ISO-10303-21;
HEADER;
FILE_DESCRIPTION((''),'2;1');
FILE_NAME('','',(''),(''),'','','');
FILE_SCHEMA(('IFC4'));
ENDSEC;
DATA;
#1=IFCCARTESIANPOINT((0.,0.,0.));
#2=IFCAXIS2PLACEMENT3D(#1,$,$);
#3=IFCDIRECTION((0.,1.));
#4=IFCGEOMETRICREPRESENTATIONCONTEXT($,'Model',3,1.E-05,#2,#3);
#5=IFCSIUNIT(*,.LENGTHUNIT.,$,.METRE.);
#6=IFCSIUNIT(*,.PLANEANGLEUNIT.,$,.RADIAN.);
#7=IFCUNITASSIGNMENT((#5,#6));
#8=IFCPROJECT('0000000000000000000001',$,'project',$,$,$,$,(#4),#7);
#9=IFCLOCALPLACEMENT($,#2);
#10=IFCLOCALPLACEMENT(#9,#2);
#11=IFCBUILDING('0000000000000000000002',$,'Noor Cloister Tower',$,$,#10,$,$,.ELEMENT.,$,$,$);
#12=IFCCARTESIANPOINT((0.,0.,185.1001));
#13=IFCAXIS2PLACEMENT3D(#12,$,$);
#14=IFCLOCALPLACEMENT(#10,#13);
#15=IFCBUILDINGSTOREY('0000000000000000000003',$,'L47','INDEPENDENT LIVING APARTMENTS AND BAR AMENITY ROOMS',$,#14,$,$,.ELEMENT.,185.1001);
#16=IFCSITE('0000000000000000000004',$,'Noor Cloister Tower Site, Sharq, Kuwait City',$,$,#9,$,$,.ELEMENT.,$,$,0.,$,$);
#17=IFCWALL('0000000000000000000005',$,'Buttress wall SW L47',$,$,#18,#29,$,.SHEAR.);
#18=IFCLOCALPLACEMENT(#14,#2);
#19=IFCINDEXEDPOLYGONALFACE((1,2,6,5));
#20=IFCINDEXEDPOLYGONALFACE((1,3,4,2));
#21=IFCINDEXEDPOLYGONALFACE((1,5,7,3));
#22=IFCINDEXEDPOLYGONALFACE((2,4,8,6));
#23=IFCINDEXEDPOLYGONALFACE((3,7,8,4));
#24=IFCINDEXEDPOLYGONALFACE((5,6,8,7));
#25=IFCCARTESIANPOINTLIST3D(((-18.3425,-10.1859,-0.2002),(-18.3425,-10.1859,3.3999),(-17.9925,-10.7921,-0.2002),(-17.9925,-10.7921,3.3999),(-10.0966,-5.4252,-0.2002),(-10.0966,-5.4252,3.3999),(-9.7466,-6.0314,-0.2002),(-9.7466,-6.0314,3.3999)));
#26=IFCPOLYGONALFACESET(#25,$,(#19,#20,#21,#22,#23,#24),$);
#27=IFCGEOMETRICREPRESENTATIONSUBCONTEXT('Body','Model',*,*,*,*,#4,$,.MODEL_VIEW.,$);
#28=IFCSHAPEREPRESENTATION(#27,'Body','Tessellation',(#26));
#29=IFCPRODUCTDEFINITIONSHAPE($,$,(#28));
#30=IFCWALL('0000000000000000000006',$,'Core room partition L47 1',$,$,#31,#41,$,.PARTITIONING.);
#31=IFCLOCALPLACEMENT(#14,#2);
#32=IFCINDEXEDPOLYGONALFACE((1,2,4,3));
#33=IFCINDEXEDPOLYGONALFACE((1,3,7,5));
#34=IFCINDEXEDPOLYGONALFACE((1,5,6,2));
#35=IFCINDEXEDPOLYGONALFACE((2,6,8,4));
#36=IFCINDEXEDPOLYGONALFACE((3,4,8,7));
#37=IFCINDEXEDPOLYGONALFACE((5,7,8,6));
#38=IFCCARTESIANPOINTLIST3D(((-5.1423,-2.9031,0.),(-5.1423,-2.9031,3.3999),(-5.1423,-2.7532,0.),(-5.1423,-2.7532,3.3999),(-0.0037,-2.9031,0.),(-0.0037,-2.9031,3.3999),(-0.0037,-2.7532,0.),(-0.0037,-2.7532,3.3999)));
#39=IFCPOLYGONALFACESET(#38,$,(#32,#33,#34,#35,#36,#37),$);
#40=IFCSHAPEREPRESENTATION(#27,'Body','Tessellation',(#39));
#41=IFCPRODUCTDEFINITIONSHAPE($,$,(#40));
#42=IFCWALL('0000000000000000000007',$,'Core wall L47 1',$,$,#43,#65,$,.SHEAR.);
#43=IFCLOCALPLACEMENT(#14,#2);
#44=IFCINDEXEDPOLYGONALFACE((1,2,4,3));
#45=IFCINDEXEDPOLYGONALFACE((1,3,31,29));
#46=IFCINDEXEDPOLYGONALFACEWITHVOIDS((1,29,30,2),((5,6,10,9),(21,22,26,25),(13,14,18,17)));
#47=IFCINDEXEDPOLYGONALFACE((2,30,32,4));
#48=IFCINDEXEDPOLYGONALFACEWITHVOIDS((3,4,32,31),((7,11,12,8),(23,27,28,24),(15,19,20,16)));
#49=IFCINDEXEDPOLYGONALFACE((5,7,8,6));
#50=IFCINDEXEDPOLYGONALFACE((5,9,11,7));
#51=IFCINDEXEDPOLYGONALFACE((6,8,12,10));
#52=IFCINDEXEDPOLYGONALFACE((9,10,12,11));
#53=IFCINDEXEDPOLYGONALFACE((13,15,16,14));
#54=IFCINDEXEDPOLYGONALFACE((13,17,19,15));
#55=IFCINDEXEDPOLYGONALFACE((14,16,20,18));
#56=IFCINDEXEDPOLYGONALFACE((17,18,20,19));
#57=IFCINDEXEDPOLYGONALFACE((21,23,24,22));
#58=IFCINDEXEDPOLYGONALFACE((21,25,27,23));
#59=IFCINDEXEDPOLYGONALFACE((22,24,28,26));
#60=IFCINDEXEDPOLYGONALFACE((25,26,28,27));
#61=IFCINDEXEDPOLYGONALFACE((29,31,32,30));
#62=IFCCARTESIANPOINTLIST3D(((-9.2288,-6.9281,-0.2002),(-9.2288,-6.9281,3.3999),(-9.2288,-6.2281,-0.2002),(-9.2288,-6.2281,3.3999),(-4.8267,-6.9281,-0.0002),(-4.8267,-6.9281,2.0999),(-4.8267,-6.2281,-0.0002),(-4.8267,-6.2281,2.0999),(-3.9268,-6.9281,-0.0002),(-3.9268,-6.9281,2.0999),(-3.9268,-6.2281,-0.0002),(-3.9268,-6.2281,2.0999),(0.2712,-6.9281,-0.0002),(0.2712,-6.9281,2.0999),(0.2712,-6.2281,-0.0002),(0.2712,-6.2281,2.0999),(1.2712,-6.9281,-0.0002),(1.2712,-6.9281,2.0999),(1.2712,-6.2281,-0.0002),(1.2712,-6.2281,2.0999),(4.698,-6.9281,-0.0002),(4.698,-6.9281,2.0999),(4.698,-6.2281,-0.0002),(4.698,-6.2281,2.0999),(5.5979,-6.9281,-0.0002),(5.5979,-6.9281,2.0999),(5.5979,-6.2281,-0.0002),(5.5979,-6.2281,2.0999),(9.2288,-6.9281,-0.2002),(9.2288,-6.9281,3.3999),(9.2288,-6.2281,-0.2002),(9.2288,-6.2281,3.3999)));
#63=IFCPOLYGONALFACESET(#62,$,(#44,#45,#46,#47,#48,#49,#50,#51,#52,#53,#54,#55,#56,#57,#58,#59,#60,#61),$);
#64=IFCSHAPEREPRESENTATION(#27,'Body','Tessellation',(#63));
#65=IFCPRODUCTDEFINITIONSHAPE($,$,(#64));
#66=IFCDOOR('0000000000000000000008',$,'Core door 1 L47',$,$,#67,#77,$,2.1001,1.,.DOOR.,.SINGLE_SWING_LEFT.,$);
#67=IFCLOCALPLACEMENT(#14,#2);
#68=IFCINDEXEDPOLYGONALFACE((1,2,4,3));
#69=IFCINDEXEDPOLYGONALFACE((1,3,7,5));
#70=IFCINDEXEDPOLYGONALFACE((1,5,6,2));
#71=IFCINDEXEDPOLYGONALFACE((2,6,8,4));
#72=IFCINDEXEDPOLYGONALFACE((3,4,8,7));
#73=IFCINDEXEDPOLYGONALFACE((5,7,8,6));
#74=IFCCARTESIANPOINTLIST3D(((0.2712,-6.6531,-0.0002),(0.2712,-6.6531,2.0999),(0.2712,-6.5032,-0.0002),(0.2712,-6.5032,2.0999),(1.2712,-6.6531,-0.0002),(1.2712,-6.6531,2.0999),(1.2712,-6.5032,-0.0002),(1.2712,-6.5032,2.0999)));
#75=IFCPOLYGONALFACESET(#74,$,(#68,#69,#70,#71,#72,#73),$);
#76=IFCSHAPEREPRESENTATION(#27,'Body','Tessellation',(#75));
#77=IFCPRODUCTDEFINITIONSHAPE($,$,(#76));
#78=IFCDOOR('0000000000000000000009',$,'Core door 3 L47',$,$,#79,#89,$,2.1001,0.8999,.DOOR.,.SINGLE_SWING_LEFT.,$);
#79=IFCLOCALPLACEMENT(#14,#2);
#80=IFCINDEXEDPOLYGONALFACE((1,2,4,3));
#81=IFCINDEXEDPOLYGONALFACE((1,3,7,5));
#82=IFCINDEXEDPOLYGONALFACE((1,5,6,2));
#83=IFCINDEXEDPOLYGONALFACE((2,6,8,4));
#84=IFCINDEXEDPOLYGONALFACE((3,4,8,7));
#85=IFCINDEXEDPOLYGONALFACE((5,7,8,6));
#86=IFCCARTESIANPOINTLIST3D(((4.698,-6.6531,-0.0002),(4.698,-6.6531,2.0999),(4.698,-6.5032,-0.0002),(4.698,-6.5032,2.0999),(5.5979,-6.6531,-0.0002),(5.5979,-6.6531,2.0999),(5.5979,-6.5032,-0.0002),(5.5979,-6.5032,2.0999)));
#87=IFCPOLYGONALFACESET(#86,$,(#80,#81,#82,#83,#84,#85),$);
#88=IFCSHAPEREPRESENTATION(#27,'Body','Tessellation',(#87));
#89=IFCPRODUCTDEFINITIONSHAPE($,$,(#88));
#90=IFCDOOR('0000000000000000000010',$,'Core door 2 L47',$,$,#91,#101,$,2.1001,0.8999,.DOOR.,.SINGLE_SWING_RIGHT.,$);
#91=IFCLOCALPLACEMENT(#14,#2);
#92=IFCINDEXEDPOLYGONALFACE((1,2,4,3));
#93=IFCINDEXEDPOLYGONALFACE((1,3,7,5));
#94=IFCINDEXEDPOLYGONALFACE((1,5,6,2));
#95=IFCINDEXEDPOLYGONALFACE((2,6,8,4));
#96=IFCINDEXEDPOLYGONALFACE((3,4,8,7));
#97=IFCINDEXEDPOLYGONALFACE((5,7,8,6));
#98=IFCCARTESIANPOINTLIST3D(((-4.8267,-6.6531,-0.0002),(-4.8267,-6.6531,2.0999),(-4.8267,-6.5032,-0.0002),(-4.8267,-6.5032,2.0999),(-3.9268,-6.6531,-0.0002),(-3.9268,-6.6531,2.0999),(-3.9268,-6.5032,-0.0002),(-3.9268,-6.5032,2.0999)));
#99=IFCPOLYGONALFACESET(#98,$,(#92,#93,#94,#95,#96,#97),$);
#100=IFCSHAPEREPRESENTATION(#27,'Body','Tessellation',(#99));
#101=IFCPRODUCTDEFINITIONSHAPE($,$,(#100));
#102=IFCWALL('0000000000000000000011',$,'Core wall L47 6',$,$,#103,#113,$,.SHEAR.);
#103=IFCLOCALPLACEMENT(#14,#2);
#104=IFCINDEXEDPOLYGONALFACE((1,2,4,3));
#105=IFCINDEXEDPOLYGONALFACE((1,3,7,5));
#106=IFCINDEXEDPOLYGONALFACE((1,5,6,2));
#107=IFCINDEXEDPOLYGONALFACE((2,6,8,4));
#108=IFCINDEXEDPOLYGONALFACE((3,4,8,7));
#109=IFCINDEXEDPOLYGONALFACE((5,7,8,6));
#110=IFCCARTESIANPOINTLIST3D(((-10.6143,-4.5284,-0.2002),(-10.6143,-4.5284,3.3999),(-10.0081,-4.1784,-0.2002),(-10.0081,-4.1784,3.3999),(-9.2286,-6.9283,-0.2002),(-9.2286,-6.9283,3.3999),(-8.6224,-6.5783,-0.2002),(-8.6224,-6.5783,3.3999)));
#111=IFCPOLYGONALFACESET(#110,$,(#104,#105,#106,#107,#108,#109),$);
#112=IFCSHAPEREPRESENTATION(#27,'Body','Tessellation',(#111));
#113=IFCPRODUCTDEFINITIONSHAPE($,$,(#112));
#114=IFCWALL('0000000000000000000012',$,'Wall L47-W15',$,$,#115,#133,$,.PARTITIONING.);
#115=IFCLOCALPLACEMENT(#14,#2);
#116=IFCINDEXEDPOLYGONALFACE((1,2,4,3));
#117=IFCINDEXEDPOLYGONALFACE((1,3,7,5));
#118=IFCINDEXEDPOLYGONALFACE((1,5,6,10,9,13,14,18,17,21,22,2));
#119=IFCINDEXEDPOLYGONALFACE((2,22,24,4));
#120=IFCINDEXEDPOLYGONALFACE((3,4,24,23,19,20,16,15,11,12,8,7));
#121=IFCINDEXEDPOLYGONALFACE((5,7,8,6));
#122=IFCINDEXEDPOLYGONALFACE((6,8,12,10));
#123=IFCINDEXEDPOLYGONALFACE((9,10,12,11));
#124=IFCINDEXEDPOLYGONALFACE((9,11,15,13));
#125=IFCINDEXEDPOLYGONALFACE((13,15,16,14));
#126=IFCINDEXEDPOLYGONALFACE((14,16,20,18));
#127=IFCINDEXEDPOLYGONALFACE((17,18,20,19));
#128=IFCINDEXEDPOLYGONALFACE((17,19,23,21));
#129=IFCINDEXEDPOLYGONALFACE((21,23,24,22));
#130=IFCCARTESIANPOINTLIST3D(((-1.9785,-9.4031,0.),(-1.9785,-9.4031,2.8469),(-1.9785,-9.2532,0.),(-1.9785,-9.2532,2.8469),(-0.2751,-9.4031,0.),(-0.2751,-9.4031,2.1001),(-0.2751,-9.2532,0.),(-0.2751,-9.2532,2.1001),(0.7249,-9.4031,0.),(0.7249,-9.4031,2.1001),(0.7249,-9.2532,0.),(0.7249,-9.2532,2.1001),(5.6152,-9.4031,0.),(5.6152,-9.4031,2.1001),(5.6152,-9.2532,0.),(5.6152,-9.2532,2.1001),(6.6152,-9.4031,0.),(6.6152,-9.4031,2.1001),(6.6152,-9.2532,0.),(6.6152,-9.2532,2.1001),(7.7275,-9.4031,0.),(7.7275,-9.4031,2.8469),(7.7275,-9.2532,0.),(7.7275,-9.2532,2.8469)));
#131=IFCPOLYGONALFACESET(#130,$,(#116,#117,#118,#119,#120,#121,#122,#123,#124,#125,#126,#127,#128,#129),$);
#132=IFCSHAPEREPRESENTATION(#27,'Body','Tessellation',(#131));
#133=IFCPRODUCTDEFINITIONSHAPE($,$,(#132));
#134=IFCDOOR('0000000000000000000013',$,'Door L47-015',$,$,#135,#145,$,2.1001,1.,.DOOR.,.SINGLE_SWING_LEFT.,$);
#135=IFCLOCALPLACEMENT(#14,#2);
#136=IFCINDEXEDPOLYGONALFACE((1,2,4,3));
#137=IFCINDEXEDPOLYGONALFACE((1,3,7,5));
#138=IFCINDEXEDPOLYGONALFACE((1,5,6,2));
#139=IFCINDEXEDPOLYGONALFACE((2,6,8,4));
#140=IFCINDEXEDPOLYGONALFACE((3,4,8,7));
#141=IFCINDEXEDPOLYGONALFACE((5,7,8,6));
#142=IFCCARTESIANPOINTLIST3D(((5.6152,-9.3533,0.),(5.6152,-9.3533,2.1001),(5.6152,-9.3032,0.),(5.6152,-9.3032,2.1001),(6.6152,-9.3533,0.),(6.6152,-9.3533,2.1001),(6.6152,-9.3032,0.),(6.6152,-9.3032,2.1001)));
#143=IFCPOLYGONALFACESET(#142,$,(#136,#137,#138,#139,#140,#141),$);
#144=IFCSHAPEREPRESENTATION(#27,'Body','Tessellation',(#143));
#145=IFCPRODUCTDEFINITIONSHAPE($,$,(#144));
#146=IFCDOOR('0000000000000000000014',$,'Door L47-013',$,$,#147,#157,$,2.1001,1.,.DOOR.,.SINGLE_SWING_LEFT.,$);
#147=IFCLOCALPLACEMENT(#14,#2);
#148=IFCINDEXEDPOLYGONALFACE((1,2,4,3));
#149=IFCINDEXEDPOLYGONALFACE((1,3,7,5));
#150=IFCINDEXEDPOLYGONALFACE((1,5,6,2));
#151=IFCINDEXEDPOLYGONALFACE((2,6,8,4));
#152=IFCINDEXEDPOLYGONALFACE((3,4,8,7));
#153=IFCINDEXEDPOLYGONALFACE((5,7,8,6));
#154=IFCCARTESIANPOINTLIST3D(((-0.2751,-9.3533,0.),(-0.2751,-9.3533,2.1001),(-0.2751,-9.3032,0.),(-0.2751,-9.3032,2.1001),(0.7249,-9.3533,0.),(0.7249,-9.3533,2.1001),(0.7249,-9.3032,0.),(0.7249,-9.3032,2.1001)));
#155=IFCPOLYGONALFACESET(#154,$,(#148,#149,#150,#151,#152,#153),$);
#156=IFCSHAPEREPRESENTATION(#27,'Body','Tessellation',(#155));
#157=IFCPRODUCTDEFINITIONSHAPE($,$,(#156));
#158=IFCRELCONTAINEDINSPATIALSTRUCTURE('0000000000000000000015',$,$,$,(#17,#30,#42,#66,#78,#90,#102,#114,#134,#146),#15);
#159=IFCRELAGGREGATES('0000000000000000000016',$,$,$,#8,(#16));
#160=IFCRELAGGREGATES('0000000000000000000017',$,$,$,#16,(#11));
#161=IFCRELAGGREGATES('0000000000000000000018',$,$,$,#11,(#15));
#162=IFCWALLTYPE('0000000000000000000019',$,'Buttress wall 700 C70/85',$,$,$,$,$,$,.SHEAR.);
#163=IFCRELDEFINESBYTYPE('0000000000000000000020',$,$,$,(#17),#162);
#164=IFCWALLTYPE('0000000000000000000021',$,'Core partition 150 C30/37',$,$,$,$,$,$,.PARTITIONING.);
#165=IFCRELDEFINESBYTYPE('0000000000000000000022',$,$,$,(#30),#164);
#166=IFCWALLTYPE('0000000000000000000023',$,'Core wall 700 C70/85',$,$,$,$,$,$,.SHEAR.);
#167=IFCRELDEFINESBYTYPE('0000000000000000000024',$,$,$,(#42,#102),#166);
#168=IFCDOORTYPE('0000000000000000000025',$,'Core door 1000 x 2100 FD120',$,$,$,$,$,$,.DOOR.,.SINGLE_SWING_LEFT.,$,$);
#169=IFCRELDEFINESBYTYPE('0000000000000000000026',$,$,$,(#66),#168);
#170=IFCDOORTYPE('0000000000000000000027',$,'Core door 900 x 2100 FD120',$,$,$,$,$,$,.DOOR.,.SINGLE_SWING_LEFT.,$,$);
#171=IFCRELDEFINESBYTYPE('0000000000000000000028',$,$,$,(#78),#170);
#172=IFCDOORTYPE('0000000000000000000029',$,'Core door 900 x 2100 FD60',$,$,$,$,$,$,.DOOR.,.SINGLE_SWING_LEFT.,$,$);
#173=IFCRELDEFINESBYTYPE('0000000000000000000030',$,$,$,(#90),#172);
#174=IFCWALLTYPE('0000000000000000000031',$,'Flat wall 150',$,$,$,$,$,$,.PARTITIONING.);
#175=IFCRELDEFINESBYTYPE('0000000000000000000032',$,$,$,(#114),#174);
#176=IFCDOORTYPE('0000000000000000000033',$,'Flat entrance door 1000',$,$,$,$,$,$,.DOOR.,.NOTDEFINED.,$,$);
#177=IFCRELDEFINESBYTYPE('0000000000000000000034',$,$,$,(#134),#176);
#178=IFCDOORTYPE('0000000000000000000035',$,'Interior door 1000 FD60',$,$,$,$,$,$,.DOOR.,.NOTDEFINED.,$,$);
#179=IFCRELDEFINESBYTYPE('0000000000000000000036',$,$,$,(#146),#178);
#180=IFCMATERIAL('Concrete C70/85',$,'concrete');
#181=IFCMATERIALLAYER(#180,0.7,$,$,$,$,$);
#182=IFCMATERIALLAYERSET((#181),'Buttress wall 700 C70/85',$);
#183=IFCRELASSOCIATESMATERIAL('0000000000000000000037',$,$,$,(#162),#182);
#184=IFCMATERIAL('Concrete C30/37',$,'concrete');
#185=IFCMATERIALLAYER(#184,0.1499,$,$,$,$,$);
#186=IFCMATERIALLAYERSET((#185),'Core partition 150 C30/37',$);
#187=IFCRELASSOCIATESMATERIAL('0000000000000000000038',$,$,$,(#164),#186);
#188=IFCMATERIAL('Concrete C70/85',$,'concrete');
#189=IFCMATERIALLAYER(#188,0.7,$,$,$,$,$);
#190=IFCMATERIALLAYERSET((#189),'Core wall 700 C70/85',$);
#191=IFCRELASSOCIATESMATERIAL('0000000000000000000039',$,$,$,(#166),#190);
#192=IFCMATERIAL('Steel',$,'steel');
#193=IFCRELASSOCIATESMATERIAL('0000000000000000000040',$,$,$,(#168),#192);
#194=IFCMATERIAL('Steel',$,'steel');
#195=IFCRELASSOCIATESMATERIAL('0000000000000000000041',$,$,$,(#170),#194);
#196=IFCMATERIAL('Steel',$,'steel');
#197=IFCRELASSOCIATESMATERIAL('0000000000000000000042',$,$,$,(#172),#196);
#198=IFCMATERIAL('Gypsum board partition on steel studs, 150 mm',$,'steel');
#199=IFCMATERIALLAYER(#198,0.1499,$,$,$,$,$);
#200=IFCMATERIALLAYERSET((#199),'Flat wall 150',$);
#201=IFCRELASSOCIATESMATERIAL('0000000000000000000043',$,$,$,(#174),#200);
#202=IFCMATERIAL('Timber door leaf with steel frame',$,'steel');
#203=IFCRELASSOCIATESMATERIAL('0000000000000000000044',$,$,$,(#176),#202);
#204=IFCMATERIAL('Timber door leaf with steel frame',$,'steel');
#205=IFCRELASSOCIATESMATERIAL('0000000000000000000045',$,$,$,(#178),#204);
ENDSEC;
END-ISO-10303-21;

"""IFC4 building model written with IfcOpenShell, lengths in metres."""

from ifc_helpers import new_model, si_unit, direction, frame, frame_2d, origin, place, context, subcontext, project, spatial, rectangle, extrude, material, layer, layer_set, type_object, element, fill, save


model = new_model("IFC4")

# Units and contexts
model_context = context("Model", 3, precision=1e-05, world=origin(), true_north=direction((0.0, 1.0)))
body_context = subcontext(model_context, "Body", "Model", "MODEL_VIEW")
ifc_project = project(units=[si_unit("LENGTHUNIT", "METRE"), si_unit("PLANEANGLEUNIT", "RADIAN")], contexts=[model_context])

# Site, building, storey
site_placement = place(None, origin())
site = spatial("IfcSite", under=ifc_project, at=site_placement, Name="Noor Cloister Tower Site, Sharq, Kuwait City", CompositionType="ELEMENT", RefElevation=0.0)
building_placement = place(site_placement, origin())
building = spatial("IfcBuilding", under=site, at=building_placement, Name="Noor Cloister Tower", CompositionType="ELEMENT")
storey_placement = place(building_placement, frame((0.0, 0.0, 185.1001)))
storey = spatial("IfcBuildingStorey", under=building, at=storey_placement, Name="L47", Description="INDEPENDENT LIVING APARTMENTS AND BAR AMENITY ROOMS", CompositionType="ELEMENT", Elevation=185.1001)

# Walls
ifc_material_1 = material(Name="Concrete C70/85", Category="concrete")
ifc_layer_1 = layer(ifc_material_1, 0.7)
ifc_layer_set_1 = layer_set([ifc_layer_1], Name="Buttress wall 700 C70/85")
wall_type_1 = type_object("IfcWallType", Name="Buttress wall 700 C70/85", PredefinedType="SHEAR", material=ifc_layer_set_1)
wall_1_placement = place(storey_placement, frame((-9.9216, -5.7283, -0.2002), z_axis=(0.0, 0.0, 1.0), x_axis=(-0.866025, -0.5, 0.0)))
element("IfcWall", 1, at=wall_1_placement, inside=storey, type_object=wall_type_1, Name="Buttress wall SW L47", PredefinedType="SHEAR", context=body_context, shape_type="SweptSolid", body=[
    extrude(rectangle(XDim=9.5215, YDim=0.7, at=frame_2d((4.7607, 0.0))), origin(), (0.0, 0.0, 1.0), 3.6001),
])
ifc_material_2 = material(Name="Concrete C30/37", Category="concrete")
ifc_layer_2 = layer(ifc_material_2, 0.1499)
ifc_layer_set_2 = layer_set([ifc_layer_2], Name="Core partition 150 C30/37")
wall_type_2 = type_object("IfcWallType", Name="Core partition 150 C30/37", PredefinedType="PARTITIONING", material=ifc_layer_set_2)
wall_2_placement = place(storey_placement, frame((-5.1423, -2.8281, 0.0), z_axis=(0.0, 0.0, 1.0), x_axis=(1.0, 0.0, 0.0)))
element("IfcWall", 2, at=wall_2_placement, inside=storey, type_object=wall_type_2, Name="Core room partition L47 1", PredefinedType="PARTITIONING", context=body_context, shape_type="SweptSolid", body=[
    extrude(rectangle(XDim=5.1387, YDim=0.1499, at=frame_2d((2.5693, 0.0))), origin(), (0.0, 0.0, 1.0), 3.3999),
])

# Wall, openings, doors
ifc_material_3 = material(Name="Concrete C70/85", Category="concrete")
ifc_layer_3 = layer(ifc_material_3, 0.7)
ifc_layer_set_3 = layer_set([ifc_layer_3], Name="Core wall 700 C70/85")
wall_type_3 = type_object("IfcWallType", Name="Core wall 700 C70/85", PredefinedType="SHEAR", material=ifc_layer_set_3)
wall_3_placement = place(storey_placement, frame((-9.2288, -6.5781, -0.2002), z_axis=(0.0, 0.0, 1.0), x_axis=(1.0, 0.0, 0.0)))
wall_3 = element("IfcWall", 3, at=wall_3_placement, inside=storey, type_object=wall_type_3, Name="Core wall L47 1", PredefinedType="SHEAR", context=body_context, shape_type="SweptSolid", body=[
    extrude(rectangle(XDim=18.4575, YDim=0.7, at=frame_2d((9.2288, 0.0))), origin(), (0.0, 0.0, 1.0), 3.6001),
])
opening_1_placement = place(wall_3_placement, frame((9.5, 0.0, 0.2)))
opening_1 = element("IfcOpeningElement", 4, at=opening_1_placement, cuts=wall_3, PredefinedType="OPENING", context=body_context, shape_type="SweptSolid", body=[
    extrude(rectangle(XDim=1.0, YDim=2.1001, at=frame_2d((0.5, 1.05))), frame((0.0, 0.3599, 0.0), z_axis=(0.0, -1.0, 0.0), x_axis=(1.0, 0.0, 0.0)), (0.0, 0.0, 1.0), 0.72),
])
opening_2_placement = place(wall_3_placement, frame((4.4021, 0.0, 0.2)))
opening_2 = element("IfcOpeningElement", 5, at=opening_2_placement, cuts=wall_3, PredefinedType="OPENING", context=body_context, shape_type="SweptSolid", body=[
    extrude(rectangle(XDim=0.8999, YDim=2.1001, at=frame_2d((0.45, 1.05))), frame((0.0, 0.3599, 0.0), z_axis=(0.0, -1.0, 0.0), x_axis=(1.0, 0.0, 0.0)), (0.0, 0.0, 1.0), 0.72),
])
opening_3_placement = place(wall_3_placement, frame((13.9268, 0.0, 0.2)))
opening_3 = element("IfcOpeningElement", 6, at=opening_3_placement, cuts=wall_3, PredefinedType="OPENING", context=body_context, shape_type="SweptSolid", body=[
    extrude(rectangle(XDim=0.8999, YDim=2.1001, at=frame_2d((0.45, 1.05))), frame((0.0, 0.3599, 0.0), z_axis=(0.0, -1.0, 0.0), x_axis=(1.0, 0.0, 0.0)), (0.0, 0.0, 1.0), 0.72),
])
ifc_material_4 = material(Name="Steel", Category="steel")
door_type_1 = type_object("IfcDoorType", Name="Core door 1000 x 2100 FD120", OperationType="SINGLE_SWING_LEFT", PredefinedType="DOOR", material=ifc_material_4)
door_1_placement = place(opening_1_placement, origin())
door_1 = element("IfcDoor", 7, at=door_1_placement, inside=storey, type_object=door_type_1, Name="Core door 1 L47", OperationType="SINGLE_SWING_LEFT", OverallHeight=2.1001, OverallWidth=1.0, PredefinedType="DOOR", context=body_context, shape_type="SweptSolid", body=[
    extrude(rectangle(XDim=1.0, YDim=2.1001, at=frame_2d((0.5, 1.05))), frame((0.0, 0.075, 0.0), z_axis=(0.0, -1.0, 0.0), x_axis=(1.0, 0.0, 0.0)), (0.0, 0.0, 1.0), 0.1499),
])
fill(opening_1, door_1)
ifc_material_5 = material(Name="Steel", Category="steel")
door_type_2 = type_object("IfcDoorType", Name="Core door 900 x 2100 FD120", OperationType="SINGLE_SWING_LEFT", PredefinedType="DOOR", material=ifc_material_5)
door_2_placement = place(opening_3_placement, origin())
door_2 = element("IfcDoor", 8, at=door_2_placement, inside=storey, type_object=door_type_2, Name="Core door 3 L47", OperationType="SINGLE_SWING_LEFT", OverallHeight=2.1001, OverallWidth=0.8999, PredefinedType="DOOR", context=body_context, shape_type="SweptSolid", body=[
    extrude(rectangle(XDim=0.8999, YDim=2.1001, at=frame_2d((0.45, 1.05))), frame((0.0, 0.075, 0.0), z_axis=(0.0, -1.0, 0.0), x_axis=(1.0, 0.0, 0.0)), (0.0, 0.0, 1.0), 0.1499),
])
fill(opening_3, door_2)
ifc_material_6 = material(Name="Steel", Category="steel")
door_type_3 = type_object("IfcDoorType", Name="Core door 900 x 2100 FD60", OperationType="SINGLE_SWING_LEFT", PredefinedType="DOOR", material=ifc_material_6)
door_3_placement = place(opening_2_placement, origin())
door_3 = element("IfcDoor", 9, at=door_3_placement, inside=storey, type_object=door_type_3, Name="Core door 2 L47", OperationType="SINGLE_SWING_RIGHT", OverallHeight=2.1001, OverallWidth=0.8999, PredefinedType="DOOR", context=body_context, shape_type="SweptSolid", body=[
    extrude(rectangle(XDim=0.8999, YDim=2.1001, at=frame_2d((0.45, 1.05))), frame((0.0, 0.075, 0.0), z_axis=(0.0, -1.0, 0.0), x_axis=(1.0, 0.0, 0.0)), (0.0, 0.0, 1.0), 0.1499),
])
fill(opening_2, door_3)

# Wall
wall_4_placement = place(storey_placement, frame((-10.3113, -4.3533, -0.2002), z_axis=(0.0, 0.0, 1.0), x_axis=(0.500043, -0.866001, 0.0)))
element("IfcWall", 10, at=wall_4_placement, inside=storey, type_object=wall_type_3, Name="Core wall L47 6", PredefinedType="SHEAR", context=body_context, shape_type="SweptSolid", body=[
    extrude(rectangle(XDim=2.7712, YDim=0.7, at=frame_2d((1.3857, 0.0))), origin(), (0.0, 0.0, 1.0), 3.6001),
])

# Wall, openings, doors
ifc_material_7 = material(Name="Gypsum board partition on steel studs, 150 mm", Category="steel")
ifc_layer_4 = layer(ifc_material_7, 0.1499)
ifc_layer_set_4 = layer_set([ifc_layer_4], Name="Flat wall 150")
wall_type_4 = type_object("IfcWallType", Name="Flat wall 150", PredefinedType="PARTITIONING", material=ifc_layer_set_4)
wall_5_placement = place(storey_placement, frame((-1.9785, -9.3281, 0.0), z_axis=(0.0, 0.0, 1.0), x_axis=(1.0, 0.0, 0.0)))
wall_5 = element("IfcWall", 11, at=wall_5_placement, inside=storey, type_object=wall_type_4, Name="Wall L47-W15", PredefinedType="PARTITIONING", context=body_context, shape_type="SweptSolid", body=[
    extrude(rectangle(XDim=9.7061, YDim=0.1499, at=frame_2d((4.853, 0.0))), origin(), (0.0, 0.0, 1.0), 2.8469),
])
opening_4_placement = place(wall_5_placement, frame((1.7034, 0.0, 0.0)))
opening_4 = element("IfcOpeningElement", 12, at=opening_4_placement, cuts=wall_5, PredefinedType="OPENING", context=body_context, shape_type="SweptSolid", body=[
    extrude(rectangle(XDim=1.0, YDim=2.1001, at=frame_2d((0.5, 1.05))), frame((0.0, 0.085, 0.0), z_axis=(0.0, -1.0, 0.0), x_axis=(1.0, 0.0, 0.0)), (0.0, 0.0, 1.0), 0.1699),
])
opening_5_placement = place(wall_5_placement, frame((7.5938, 0.0, 0.0)))
opening_5 = element("IfcOpeningElement", 13, at=opening_5_placement, cuts=wall_5, PredefinedType="OPENING", context=body_context, shape_type="SweptSolid", body=[
    extrude(rectangle(XDim=1.0, YDim=2.1001, at=frame_2d((0.5, 1.05))), frame((0.0, 0.085, 0.0), z_axis=(0.0, -1.0, 0.0), x_axis=(1.0, 0.0, 0.0)), (0.0, 0.0, 1.0), 0.1699),
])
ifc_material_8 = material(Name="Timber door leaf with steel frame", Category="steel")
door_type_4 = type_object("IfcDoorType", Name="Flat entrance door 1000", OperationType="NOTDEFINED", PredefinedType="DOOR", material=ifc_material_8)
door_4_placement = place(opening_5_placement, origin())
door_4 = element("IfcDoor", 14, at=door_4_placement, inside=storey, type_object=door_type_4, Name="Door L47-015", OperationType="SINGLE_SWING_LEFT", OverallHeight=2.1001, OverallWidth=1.0, PredefinedType="DOOR", context=body_context, shape_type="SweptSolid", body=[
    extrude(rectangle(XDim=1.0, YDim=2.1001, at=frame_2d((0.5, 1.05))), frame((0.0, 0.0249, 0.0), z_axis=(0.0, -1.0, 0.0), x_axis=(1.0, 0.0, 0.0)), (0.0, 0.0, 1.0), 0.05),
])
fill(opening_5, door_4)
ifc_material_9 = material(Name="Timber door leaf with steel frame", Category="steel")
door_type_5 = type_object("IfcDoorType", Name="Interior door 1000 FD60", OperationType="NOTDEFINED", PredefinedType="DOOR", material=ifc_material_9)
door_5_placement = place(opening_4_placement, origin())
door_5 = element("IfcDoor", 15, at=door_5_placement, inside=storey, type_object=door_type_5, Name="Door L47-013", OperationType="SINGLE_SWING_LEFT", OverallHeight=2.1001, OverallWidth=1.0, PredefinedType="DOOR", context=body_context, shape_type="SweptSolid", body=[
    extrude(rectangle(XDim=1.0, YDim=2.1001, at=frame_2d((0.5, 1.05))), frame((0.0, 0.0249, 0.0), z_axis=(0.0, -1.0, 0.0), x_axis=(1.0, 0.0, 0.0)), (0.0, 0.0, 1.0), 0.05),
])
fill(opening_4, door_5)

save(model, "model.ifc")
